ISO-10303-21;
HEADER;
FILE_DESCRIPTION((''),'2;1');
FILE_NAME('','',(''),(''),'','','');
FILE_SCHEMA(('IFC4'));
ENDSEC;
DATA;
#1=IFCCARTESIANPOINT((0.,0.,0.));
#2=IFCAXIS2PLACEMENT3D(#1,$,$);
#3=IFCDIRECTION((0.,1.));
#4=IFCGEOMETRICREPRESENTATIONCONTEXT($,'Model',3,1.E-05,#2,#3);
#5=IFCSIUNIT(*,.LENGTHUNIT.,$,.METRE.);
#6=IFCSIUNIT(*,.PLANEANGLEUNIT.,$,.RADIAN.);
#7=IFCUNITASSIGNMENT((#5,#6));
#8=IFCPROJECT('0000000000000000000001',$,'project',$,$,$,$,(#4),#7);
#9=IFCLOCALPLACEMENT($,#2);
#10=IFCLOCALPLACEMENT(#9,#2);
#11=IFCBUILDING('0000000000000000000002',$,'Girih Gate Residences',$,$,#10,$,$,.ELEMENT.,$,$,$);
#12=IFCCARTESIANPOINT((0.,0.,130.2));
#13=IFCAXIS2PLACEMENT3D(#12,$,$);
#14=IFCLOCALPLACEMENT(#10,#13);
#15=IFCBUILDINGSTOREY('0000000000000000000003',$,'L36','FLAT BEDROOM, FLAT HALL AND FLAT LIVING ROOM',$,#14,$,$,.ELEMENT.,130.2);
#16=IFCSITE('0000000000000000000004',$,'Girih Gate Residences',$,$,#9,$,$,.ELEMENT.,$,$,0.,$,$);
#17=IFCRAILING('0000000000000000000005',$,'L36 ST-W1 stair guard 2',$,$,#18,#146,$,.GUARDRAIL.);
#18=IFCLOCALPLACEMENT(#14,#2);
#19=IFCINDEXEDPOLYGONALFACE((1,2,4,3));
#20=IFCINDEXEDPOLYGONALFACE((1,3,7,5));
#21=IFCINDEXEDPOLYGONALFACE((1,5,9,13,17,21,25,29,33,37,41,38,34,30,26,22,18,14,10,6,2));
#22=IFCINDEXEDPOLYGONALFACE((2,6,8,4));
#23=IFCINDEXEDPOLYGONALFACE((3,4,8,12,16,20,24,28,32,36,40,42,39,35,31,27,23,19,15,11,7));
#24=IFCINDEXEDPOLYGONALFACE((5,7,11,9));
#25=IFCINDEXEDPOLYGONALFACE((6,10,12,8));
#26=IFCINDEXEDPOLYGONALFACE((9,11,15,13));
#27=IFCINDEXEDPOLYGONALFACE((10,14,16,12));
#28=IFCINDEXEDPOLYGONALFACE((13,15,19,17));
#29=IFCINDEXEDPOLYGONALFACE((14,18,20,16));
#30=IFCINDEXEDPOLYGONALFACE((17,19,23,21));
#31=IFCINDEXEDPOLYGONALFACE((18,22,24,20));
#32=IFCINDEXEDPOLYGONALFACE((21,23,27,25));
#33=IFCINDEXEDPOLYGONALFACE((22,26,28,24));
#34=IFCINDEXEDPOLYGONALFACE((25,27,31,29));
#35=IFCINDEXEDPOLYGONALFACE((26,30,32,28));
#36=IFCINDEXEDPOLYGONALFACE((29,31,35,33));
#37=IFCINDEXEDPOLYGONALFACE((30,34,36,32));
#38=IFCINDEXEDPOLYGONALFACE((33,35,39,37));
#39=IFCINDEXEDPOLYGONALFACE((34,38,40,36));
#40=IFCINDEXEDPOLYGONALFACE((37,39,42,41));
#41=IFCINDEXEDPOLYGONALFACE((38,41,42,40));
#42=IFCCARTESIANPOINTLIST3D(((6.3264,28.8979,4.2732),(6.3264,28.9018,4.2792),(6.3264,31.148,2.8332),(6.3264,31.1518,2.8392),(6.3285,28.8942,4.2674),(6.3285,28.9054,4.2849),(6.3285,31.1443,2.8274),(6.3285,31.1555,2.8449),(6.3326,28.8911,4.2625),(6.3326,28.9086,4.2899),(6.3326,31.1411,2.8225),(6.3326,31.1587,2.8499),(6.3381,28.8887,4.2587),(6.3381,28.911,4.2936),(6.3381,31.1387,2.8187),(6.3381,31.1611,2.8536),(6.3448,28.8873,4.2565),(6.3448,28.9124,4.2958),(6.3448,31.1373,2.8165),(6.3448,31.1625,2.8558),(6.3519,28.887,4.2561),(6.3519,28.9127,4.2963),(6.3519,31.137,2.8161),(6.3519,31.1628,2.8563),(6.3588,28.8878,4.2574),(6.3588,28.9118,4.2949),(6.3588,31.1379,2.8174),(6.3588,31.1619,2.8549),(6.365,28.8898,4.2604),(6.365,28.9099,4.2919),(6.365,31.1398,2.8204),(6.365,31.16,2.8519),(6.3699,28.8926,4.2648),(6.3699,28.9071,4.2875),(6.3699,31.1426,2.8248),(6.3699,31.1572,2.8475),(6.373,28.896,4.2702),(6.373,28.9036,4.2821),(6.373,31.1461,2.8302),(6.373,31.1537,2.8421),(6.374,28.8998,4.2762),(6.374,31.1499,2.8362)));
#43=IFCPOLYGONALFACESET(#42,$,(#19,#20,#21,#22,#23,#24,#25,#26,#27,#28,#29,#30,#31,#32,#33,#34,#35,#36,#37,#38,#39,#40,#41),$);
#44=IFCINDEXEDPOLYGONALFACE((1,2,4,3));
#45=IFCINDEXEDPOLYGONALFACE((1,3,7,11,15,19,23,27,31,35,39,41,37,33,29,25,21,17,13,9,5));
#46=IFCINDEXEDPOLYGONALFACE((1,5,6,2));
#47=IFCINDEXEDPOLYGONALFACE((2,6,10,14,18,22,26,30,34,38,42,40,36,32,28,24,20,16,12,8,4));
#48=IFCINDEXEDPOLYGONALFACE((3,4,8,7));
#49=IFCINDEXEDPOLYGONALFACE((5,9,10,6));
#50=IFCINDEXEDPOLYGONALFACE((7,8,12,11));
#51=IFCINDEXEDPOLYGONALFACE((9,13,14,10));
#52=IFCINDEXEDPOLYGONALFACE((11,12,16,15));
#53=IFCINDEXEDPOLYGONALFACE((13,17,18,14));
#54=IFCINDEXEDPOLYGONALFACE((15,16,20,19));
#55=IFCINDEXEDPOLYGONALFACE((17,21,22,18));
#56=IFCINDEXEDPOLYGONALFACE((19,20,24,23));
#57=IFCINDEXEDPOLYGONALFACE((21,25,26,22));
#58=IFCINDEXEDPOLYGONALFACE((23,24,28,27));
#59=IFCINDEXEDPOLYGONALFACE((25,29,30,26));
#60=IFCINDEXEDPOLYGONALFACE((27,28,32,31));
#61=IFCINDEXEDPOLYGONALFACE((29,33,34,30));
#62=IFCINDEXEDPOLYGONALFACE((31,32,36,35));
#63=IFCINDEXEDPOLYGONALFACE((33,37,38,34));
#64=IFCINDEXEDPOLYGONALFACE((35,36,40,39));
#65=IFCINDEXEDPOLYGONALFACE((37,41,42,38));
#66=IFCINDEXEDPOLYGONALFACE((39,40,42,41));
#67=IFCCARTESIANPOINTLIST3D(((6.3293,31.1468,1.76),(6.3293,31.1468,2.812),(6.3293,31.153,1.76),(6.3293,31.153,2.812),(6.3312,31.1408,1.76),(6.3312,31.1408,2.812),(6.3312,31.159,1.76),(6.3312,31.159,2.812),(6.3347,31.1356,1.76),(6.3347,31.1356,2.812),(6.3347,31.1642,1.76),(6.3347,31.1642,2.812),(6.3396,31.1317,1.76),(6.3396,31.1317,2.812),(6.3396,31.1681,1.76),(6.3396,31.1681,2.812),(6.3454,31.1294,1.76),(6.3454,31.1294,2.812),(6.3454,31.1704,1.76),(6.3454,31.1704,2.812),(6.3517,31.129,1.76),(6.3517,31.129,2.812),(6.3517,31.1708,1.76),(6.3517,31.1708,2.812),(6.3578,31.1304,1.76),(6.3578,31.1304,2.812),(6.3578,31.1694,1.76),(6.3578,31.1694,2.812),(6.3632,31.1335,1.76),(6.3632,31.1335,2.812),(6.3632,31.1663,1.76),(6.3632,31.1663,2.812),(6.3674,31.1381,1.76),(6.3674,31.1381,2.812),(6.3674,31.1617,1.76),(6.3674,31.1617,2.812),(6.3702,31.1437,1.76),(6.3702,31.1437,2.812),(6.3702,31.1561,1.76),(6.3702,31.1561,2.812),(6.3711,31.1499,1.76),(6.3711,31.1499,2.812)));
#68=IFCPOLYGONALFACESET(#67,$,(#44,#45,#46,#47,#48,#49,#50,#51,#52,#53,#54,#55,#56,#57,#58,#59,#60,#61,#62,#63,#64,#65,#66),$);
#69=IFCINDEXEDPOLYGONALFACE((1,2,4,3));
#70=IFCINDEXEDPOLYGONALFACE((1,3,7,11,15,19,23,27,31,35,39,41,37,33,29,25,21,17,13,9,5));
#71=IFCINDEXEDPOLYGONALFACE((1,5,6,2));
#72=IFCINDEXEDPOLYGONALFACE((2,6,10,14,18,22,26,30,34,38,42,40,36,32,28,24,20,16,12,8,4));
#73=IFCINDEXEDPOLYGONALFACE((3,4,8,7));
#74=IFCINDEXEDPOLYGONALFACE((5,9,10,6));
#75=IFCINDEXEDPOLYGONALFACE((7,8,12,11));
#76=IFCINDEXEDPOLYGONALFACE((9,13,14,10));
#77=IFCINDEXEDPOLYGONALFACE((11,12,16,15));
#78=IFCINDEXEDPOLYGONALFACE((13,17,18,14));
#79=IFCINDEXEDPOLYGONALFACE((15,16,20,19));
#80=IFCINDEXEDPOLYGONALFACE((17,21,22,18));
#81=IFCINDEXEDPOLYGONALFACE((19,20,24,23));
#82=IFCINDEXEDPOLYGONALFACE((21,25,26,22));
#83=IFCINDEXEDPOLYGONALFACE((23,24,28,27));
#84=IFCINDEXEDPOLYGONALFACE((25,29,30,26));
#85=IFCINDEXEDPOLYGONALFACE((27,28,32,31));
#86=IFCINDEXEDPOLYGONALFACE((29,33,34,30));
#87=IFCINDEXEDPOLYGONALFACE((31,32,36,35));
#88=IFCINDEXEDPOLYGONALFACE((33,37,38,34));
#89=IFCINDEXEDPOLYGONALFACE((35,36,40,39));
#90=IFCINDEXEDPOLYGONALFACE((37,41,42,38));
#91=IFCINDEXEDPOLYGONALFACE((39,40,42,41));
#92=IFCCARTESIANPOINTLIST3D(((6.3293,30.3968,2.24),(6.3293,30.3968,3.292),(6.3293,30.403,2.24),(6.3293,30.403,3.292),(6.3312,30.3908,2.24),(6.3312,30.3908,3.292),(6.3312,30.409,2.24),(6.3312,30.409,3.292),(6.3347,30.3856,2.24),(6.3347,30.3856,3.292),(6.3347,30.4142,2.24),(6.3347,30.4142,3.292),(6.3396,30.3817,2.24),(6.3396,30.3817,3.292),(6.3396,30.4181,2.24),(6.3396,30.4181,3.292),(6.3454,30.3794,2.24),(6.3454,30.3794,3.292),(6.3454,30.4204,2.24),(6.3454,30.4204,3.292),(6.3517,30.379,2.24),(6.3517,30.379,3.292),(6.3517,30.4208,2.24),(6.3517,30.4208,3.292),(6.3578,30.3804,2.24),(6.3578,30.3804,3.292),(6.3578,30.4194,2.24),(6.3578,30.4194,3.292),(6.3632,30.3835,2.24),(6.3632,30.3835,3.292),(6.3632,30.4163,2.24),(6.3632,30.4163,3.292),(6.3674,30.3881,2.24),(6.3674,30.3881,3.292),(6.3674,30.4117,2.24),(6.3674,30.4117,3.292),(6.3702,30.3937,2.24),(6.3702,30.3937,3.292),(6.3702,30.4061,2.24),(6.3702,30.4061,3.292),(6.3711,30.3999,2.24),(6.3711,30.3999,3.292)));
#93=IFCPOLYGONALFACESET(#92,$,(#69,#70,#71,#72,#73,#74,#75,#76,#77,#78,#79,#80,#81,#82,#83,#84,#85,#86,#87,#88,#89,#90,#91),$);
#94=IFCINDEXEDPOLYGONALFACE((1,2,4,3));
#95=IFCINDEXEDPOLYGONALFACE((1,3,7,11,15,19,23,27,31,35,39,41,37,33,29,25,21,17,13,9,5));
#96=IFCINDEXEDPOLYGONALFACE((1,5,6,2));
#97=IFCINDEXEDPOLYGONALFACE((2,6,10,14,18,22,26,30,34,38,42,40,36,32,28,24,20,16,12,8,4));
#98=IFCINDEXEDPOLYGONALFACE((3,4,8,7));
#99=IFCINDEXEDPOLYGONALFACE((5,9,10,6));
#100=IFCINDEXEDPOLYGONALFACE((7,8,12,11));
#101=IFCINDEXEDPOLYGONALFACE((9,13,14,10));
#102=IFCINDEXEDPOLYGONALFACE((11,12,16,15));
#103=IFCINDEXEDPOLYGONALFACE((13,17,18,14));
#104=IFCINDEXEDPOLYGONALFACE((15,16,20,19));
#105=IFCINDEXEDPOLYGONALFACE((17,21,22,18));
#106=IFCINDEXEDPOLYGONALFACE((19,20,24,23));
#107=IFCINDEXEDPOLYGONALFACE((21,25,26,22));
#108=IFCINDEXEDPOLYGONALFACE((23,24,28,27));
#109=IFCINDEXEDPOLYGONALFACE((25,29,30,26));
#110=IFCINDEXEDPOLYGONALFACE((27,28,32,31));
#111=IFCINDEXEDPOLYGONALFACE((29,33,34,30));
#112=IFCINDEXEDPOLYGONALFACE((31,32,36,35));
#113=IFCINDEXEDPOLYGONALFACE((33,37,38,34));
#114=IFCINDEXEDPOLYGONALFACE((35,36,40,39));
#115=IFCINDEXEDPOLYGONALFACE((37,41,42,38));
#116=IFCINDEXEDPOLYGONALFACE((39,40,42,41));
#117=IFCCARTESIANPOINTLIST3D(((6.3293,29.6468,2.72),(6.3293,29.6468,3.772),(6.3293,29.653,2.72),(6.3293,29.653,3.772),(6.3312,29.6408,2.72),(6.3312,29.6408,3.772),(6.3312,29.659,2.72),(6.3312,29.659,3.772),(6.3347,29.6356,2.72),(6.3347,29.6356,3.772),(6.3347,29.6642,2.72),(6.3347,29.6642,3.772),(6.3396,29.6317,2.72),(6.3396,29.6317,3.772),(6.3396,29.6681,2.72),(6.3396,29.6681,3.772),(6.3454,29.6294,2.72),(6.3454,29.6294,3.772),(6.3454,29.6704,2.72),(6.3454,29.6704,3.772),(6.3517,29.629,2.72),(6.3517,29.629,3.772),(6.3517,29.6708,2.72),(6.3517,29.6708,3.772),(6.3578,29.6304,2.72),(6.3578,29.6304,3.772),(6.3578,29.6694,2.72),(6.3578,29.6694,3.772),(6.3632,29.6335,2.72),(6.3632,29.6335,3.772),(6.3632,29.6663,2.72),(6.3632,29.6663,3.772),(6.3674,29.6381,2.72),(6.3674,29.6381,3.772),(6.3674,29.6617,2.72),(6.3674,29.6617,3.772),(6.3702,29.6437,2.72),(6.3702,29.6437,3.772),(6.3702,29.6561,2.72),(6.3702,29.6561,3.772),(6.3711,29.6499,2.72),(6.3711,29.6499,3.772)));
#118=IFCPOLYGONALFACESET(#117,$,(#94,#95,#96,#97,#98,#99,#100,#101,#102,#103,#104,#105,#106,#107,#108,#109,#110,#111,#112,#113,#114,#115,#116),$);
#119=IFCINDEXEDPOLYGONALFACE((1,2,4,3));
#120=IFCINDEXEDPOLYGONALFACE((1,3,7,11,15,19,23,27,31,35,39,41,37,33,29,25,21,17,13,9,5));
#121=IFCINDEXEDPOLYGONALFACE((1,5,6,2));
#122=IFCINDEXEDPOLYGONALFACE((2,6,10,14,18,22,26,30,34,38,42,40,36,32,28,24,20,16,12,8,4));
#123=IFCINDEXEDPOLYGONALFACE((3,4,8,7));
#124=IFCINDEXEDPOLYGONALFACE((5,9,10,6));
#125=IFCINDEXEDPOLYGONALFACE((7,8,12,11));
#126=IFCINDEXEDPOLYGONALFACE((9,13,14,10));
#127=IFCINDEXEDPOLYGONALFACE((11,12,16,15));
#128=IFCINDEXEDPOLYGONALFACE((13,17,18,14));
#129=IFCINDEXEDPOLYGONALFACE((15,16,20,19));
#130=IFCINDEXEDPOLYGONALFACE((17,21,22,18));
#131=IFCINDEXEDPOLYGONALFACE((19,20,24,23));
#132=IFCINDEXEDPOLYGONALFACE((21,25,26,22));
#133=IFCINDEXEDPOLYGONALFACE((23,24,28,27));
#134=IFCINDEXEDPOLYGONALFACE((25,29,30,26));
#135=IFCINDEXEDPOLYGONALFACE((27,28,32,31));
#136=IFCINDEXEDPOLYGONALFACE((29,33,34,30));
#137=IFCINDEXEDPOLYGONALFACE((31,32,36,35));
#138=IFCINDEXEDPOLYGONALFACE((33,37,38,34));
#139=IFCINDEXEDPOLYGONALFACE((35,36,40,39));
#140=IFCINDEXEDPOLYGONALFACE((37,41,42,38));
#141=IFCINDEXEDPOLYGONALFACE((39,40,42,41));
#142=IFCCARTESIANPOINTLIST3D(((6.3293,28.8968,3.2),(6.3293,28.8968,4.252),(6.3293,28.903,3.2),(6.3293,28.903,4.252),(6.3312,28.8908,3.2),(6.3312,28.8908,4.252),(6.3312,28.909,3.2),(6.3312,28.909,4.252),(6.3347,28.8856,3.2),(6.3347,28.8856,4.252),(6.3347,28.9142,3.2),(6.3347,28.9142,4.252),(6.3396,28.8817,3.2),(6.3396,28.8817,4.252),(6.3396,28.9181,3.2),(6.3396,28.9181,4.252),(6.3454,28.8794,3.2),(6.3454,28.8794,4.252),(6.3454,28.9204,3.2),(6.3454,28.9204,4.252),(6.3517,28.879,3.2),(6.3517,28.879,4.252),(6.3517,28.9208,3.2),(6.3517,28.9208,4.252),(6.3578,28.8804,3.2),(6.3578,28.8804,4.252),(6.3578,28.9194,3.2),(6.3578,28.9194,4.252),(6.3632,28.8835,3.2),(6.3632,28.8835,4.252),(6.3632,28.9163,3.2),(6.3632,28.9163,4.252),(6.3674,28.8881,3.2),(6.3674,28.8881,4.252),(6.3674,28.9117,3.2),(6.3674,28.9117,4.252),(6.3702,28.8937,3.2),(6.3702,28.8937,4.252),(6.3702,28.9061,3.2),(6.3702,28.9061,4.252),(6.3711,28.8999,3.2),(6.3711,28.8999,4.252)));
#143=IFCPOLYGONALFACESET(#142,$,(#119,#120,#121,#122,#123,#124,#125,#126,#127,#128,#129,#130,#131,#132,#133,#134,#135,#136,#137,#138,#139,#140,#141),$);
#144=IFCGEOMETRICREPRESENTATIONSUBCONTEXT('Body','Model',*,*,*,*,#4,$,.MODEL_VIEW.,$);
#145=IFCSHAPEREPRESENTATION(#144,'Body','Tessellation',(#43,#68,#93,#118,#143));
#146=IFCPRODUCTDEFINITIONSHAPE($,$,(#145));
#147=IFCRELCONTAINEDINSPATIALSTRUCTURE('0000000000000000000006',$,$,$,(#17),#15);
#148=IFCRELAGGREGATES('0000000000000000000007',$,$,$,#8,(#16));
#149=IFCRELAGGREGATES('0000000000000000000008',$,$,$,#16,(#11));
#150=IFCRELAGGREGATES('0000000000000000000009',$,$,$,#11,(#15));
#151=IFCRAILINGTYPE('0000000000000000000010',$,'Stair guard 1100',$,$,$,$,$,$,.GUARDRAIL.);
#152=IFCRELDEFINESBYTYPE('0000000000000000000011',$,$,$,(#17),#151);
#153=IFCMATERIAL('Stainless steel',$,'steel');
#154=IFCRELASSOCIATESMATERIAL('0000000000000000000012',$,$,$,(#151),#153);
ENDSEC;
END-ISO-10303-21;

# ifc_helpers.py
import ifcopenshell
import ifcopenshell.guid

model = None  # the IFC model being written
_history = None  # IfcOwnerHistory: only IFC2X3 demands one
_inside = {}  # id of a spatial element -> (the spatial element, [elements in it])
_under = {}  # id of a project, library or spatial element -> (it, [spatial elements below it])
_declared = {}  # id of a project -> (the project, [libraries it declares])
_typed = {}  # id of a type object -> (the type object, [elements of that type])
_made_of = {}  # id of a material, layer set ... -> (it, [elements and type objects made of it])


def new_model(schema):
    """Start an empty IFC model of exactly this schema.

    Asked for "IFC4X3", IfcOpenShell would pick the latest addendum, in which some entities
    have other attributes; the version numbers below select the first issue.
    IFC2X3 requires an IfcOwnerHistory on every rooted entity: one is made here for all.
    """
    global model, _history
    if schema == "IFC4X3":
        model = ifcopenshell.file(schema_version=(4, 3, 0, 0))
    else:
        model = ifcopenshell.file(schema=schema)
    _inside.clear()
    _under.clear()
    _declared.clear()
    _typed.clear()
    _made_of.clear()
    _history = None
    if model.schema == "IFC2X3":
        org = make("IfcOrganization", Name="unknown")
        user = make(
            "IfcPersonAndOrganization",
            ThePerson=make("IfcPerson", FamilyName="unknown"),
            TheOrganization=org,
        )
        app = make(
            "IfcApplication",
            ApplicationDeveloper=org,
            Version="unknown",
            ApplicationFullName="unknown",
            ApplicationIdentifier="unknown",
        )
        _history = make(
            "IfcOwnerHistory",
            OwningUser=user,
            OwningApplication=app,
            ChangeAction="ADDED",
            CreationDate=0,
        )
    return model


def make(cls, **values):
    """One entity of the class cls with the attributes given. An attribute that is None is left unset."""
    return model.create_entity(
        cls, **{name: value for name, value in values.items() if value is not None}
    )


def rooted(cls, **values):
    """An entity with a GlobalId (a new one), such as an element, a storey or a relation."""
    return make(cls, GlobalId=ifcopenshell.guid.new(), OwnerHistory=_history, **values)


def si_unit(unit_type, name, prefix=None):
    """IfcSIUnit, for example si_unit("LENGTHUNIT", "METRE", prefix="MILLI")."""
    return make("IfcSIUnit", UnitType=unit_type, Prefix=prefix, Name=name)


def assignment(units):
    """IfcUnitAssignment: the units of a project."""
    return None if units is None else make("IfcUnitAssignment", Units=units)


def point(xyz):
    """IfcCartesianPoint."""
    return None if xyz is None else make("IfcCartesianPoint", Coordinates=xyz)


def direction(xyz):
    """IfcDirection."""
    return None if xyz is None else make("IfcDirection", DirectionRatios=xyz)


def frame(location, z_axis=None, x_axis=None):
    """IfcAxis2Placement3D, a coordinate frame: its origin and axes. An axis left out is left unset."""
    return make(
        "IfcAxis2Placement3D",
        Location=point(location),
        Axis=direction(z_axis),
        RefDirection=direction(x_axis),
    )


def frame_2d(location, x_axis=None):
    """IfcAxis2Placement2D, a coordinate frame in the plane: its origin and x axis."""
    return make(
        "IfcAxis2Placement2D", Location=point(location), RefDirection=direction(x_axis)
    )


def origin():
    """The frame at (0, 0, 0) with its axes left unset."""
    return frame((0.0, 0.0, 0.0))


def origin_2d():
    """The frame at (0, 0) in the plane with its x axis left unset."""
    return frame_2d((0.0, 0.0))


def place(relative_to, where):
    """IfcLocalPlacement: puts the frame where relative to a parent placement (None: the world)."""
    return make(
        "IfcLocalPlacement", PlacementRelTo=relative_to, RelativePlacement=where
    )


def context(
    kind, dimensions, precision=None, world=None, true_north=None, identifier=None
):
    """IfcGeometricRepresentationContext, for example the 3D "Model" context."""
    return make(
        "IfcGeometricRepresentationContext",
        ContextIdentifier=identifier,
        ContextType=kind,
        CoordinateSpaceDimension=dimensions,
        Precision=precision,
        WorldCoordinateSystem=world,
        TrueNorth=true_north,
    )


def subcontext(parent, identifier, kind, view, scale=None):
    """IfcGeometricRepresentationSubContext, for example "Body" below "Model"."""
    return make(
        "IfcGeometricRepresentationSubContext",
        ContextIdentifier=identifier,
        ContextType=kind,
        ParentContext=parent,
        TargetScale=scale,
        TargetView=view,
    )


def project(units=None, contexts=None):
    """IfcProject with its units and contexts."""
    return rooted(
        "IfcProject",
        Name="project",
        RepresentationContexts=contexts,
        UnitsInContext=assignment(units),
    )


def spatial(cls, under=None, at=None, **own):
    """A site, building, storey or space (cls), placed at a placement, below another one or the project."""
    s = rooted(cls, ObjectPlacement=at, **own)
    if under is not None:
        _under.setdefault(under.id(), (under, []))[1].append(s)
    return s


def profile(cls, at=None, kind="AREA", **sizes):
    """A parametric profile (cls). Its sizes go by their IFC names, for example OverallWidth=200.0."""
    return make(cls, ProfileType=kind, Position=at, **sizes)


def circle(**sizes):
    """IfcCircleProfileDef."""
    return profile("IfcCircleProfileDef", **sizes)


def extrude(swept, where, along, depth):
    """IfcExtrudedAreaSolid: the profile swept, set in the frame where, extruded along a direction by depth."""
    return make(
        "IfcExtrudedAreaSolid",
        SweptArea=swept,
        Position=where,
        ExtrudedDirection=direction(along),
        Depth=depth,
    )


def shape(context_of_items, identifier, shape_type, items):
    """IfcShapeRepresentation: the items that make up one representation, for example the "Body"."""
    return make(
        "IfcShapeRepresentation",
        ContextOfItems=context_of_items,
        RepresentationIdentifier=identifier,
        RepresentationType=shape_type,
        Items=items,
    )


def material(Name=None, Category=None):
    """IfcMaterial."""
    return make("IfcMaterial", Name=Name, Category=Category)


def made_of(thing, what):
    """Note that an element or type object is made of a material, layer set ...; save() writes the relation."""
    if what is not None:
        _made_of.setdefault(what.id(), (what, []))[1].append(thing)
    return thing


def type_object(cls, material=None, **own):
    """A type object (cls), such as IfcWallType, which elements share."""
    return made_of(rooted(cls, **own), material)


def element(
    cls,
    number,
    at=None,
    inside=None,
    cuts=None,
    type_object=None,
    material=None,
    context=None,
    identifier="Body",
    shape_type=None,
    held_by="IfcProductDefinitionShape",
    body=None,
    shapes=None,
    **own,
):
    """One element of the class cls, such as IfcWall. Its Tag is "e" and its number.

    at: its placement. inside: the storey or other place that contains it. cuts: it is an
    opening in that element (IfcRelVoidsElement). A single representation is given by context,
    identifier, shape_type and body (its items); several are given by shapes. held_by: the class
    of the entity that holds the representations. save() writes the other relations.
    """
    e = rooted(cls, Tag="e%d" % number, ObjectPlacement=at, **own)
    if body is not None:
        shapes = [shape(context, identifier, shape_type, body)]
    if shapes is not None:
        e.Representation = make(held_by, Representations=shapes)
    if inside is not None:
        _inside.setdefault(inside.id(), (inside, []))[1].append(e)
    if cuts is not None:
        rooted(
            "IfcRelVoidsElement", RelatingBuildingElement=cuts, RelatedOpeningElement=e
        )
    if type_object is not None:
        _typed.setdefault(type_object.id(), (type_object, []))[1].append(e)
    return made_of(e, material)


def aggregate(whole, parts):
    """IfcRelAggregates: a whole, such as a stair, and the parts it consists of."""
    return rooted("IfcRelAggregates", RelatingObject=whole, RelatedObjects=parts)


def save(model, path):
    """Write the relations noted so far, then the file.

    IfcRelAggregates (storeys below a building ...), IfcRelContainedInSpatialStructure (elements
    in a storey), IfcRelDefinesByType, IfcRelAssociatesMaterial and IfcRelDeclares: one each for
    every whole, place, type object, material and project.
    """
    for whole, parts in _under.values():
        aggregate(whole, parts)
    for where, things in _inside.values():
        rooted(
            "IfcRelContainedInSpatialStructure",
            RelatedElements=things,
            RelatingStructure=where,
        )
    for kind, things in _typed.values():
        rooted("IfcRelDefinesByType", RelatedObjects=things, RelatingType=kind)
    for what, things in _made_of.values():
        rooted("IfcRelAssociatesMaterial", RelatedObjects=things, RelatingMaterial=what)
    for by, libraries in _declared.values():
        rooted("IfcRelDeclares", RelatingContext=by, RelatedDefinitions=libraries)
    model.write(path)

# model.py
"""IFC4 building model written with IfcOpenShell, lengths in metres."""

from ifc_helpers import new_model, si_unit, direction, frame, origin, origin_2d, place, context, subcontext, project, spatial, circle, extrude, material, type_object, element, save


model = new_model("IFC4")

# Units and contexts
model_context = context("Model", 3, precision=1e-05, world=origin(), true_north=direction((0.0, 1.0)))
body_context = subcontext(model_context, "Body", "Model", "MODEL_VIEW")
ifc_project = project(units=[si_unit("LENGTHUNIT", "METRE"), si_unit("PLANEANGLEUNIT", "RADIAN")], contexts=[model_context])

# Site, building, storey
site_placement = place(None, origin())
site = spatial("IfcSite", under=ifc_project, at=site_placement, Name="Girih Gate Residences", CompositionType="ELEMENT", RefElevation=0.0)
building_placement = place(site_placement, origin())
building = spatial("IfcBuilding", under=site, at=building_placement, Name="Girih Gate Residences", CompositionType="ELEMENT")
storey_placement = place(building_placement, frame((0.0, 0.0, 130.2)))
storey = spatial("IfcBuildingStorey", under=building, at=storey_placement, Name="L36", Description="FLAT BEDROOM, FLAT HALL AND FLAT LIVING ROOM", CompositionType="ELEMENT", Elevation=130.2)

# Shared definitions
ifc_material_1 = material(Name="Stainless steel", Category="steel")

# Railing
railing_type = type_object("IfcRailingType", Name="Stair guard 1100", PredefinedType="GUARDRAIL", material=ifc_material_1)
railing_placement = place(storey_placement, frame((6.3501, 31.1499, 1.76)))
element("IfcRailing", 1, at=railing_placement, inside=storey, type_object=railing_type, Name="L36 ST-W1 stair guard 2", PredefinedType="GUARDRAIL", context=body_context, shape_type="SweptSolid", body=[
    extrude(circle(Radius=0.0239, at=origin_2d()), frame((0.0, 0.0, 1.0762), z_axis=(0.0, -0.842281, 0.539038), x_axis=(1.0, 0.0, 0.0)), (0.0, 0.0, 1.0), 2.6714),
    extrude(circle(Radius=0.021, at=origin_2d()), origin(), (0.0, 0.0, 1.0), 1.052),
    extrude(circle(Radius=0.021, at=origin_2d()), frame((0.0, -0.75, 0.48)), (0.0, 0.0, 1.0), 1.052),
    extrude(circle(Radius=0.021, at=origin_2d()), frame((0.0, -1.5, 0.96)), (0.0, 0.0, 1.0), 1.052),
    extrude(circle(Radius=0.021, at=origin_2d()), frame((0.0, -2.25, 1.4399)), (0.0, 0.0, 1.0), 1.052),
])

save(model, "model.ifc")
